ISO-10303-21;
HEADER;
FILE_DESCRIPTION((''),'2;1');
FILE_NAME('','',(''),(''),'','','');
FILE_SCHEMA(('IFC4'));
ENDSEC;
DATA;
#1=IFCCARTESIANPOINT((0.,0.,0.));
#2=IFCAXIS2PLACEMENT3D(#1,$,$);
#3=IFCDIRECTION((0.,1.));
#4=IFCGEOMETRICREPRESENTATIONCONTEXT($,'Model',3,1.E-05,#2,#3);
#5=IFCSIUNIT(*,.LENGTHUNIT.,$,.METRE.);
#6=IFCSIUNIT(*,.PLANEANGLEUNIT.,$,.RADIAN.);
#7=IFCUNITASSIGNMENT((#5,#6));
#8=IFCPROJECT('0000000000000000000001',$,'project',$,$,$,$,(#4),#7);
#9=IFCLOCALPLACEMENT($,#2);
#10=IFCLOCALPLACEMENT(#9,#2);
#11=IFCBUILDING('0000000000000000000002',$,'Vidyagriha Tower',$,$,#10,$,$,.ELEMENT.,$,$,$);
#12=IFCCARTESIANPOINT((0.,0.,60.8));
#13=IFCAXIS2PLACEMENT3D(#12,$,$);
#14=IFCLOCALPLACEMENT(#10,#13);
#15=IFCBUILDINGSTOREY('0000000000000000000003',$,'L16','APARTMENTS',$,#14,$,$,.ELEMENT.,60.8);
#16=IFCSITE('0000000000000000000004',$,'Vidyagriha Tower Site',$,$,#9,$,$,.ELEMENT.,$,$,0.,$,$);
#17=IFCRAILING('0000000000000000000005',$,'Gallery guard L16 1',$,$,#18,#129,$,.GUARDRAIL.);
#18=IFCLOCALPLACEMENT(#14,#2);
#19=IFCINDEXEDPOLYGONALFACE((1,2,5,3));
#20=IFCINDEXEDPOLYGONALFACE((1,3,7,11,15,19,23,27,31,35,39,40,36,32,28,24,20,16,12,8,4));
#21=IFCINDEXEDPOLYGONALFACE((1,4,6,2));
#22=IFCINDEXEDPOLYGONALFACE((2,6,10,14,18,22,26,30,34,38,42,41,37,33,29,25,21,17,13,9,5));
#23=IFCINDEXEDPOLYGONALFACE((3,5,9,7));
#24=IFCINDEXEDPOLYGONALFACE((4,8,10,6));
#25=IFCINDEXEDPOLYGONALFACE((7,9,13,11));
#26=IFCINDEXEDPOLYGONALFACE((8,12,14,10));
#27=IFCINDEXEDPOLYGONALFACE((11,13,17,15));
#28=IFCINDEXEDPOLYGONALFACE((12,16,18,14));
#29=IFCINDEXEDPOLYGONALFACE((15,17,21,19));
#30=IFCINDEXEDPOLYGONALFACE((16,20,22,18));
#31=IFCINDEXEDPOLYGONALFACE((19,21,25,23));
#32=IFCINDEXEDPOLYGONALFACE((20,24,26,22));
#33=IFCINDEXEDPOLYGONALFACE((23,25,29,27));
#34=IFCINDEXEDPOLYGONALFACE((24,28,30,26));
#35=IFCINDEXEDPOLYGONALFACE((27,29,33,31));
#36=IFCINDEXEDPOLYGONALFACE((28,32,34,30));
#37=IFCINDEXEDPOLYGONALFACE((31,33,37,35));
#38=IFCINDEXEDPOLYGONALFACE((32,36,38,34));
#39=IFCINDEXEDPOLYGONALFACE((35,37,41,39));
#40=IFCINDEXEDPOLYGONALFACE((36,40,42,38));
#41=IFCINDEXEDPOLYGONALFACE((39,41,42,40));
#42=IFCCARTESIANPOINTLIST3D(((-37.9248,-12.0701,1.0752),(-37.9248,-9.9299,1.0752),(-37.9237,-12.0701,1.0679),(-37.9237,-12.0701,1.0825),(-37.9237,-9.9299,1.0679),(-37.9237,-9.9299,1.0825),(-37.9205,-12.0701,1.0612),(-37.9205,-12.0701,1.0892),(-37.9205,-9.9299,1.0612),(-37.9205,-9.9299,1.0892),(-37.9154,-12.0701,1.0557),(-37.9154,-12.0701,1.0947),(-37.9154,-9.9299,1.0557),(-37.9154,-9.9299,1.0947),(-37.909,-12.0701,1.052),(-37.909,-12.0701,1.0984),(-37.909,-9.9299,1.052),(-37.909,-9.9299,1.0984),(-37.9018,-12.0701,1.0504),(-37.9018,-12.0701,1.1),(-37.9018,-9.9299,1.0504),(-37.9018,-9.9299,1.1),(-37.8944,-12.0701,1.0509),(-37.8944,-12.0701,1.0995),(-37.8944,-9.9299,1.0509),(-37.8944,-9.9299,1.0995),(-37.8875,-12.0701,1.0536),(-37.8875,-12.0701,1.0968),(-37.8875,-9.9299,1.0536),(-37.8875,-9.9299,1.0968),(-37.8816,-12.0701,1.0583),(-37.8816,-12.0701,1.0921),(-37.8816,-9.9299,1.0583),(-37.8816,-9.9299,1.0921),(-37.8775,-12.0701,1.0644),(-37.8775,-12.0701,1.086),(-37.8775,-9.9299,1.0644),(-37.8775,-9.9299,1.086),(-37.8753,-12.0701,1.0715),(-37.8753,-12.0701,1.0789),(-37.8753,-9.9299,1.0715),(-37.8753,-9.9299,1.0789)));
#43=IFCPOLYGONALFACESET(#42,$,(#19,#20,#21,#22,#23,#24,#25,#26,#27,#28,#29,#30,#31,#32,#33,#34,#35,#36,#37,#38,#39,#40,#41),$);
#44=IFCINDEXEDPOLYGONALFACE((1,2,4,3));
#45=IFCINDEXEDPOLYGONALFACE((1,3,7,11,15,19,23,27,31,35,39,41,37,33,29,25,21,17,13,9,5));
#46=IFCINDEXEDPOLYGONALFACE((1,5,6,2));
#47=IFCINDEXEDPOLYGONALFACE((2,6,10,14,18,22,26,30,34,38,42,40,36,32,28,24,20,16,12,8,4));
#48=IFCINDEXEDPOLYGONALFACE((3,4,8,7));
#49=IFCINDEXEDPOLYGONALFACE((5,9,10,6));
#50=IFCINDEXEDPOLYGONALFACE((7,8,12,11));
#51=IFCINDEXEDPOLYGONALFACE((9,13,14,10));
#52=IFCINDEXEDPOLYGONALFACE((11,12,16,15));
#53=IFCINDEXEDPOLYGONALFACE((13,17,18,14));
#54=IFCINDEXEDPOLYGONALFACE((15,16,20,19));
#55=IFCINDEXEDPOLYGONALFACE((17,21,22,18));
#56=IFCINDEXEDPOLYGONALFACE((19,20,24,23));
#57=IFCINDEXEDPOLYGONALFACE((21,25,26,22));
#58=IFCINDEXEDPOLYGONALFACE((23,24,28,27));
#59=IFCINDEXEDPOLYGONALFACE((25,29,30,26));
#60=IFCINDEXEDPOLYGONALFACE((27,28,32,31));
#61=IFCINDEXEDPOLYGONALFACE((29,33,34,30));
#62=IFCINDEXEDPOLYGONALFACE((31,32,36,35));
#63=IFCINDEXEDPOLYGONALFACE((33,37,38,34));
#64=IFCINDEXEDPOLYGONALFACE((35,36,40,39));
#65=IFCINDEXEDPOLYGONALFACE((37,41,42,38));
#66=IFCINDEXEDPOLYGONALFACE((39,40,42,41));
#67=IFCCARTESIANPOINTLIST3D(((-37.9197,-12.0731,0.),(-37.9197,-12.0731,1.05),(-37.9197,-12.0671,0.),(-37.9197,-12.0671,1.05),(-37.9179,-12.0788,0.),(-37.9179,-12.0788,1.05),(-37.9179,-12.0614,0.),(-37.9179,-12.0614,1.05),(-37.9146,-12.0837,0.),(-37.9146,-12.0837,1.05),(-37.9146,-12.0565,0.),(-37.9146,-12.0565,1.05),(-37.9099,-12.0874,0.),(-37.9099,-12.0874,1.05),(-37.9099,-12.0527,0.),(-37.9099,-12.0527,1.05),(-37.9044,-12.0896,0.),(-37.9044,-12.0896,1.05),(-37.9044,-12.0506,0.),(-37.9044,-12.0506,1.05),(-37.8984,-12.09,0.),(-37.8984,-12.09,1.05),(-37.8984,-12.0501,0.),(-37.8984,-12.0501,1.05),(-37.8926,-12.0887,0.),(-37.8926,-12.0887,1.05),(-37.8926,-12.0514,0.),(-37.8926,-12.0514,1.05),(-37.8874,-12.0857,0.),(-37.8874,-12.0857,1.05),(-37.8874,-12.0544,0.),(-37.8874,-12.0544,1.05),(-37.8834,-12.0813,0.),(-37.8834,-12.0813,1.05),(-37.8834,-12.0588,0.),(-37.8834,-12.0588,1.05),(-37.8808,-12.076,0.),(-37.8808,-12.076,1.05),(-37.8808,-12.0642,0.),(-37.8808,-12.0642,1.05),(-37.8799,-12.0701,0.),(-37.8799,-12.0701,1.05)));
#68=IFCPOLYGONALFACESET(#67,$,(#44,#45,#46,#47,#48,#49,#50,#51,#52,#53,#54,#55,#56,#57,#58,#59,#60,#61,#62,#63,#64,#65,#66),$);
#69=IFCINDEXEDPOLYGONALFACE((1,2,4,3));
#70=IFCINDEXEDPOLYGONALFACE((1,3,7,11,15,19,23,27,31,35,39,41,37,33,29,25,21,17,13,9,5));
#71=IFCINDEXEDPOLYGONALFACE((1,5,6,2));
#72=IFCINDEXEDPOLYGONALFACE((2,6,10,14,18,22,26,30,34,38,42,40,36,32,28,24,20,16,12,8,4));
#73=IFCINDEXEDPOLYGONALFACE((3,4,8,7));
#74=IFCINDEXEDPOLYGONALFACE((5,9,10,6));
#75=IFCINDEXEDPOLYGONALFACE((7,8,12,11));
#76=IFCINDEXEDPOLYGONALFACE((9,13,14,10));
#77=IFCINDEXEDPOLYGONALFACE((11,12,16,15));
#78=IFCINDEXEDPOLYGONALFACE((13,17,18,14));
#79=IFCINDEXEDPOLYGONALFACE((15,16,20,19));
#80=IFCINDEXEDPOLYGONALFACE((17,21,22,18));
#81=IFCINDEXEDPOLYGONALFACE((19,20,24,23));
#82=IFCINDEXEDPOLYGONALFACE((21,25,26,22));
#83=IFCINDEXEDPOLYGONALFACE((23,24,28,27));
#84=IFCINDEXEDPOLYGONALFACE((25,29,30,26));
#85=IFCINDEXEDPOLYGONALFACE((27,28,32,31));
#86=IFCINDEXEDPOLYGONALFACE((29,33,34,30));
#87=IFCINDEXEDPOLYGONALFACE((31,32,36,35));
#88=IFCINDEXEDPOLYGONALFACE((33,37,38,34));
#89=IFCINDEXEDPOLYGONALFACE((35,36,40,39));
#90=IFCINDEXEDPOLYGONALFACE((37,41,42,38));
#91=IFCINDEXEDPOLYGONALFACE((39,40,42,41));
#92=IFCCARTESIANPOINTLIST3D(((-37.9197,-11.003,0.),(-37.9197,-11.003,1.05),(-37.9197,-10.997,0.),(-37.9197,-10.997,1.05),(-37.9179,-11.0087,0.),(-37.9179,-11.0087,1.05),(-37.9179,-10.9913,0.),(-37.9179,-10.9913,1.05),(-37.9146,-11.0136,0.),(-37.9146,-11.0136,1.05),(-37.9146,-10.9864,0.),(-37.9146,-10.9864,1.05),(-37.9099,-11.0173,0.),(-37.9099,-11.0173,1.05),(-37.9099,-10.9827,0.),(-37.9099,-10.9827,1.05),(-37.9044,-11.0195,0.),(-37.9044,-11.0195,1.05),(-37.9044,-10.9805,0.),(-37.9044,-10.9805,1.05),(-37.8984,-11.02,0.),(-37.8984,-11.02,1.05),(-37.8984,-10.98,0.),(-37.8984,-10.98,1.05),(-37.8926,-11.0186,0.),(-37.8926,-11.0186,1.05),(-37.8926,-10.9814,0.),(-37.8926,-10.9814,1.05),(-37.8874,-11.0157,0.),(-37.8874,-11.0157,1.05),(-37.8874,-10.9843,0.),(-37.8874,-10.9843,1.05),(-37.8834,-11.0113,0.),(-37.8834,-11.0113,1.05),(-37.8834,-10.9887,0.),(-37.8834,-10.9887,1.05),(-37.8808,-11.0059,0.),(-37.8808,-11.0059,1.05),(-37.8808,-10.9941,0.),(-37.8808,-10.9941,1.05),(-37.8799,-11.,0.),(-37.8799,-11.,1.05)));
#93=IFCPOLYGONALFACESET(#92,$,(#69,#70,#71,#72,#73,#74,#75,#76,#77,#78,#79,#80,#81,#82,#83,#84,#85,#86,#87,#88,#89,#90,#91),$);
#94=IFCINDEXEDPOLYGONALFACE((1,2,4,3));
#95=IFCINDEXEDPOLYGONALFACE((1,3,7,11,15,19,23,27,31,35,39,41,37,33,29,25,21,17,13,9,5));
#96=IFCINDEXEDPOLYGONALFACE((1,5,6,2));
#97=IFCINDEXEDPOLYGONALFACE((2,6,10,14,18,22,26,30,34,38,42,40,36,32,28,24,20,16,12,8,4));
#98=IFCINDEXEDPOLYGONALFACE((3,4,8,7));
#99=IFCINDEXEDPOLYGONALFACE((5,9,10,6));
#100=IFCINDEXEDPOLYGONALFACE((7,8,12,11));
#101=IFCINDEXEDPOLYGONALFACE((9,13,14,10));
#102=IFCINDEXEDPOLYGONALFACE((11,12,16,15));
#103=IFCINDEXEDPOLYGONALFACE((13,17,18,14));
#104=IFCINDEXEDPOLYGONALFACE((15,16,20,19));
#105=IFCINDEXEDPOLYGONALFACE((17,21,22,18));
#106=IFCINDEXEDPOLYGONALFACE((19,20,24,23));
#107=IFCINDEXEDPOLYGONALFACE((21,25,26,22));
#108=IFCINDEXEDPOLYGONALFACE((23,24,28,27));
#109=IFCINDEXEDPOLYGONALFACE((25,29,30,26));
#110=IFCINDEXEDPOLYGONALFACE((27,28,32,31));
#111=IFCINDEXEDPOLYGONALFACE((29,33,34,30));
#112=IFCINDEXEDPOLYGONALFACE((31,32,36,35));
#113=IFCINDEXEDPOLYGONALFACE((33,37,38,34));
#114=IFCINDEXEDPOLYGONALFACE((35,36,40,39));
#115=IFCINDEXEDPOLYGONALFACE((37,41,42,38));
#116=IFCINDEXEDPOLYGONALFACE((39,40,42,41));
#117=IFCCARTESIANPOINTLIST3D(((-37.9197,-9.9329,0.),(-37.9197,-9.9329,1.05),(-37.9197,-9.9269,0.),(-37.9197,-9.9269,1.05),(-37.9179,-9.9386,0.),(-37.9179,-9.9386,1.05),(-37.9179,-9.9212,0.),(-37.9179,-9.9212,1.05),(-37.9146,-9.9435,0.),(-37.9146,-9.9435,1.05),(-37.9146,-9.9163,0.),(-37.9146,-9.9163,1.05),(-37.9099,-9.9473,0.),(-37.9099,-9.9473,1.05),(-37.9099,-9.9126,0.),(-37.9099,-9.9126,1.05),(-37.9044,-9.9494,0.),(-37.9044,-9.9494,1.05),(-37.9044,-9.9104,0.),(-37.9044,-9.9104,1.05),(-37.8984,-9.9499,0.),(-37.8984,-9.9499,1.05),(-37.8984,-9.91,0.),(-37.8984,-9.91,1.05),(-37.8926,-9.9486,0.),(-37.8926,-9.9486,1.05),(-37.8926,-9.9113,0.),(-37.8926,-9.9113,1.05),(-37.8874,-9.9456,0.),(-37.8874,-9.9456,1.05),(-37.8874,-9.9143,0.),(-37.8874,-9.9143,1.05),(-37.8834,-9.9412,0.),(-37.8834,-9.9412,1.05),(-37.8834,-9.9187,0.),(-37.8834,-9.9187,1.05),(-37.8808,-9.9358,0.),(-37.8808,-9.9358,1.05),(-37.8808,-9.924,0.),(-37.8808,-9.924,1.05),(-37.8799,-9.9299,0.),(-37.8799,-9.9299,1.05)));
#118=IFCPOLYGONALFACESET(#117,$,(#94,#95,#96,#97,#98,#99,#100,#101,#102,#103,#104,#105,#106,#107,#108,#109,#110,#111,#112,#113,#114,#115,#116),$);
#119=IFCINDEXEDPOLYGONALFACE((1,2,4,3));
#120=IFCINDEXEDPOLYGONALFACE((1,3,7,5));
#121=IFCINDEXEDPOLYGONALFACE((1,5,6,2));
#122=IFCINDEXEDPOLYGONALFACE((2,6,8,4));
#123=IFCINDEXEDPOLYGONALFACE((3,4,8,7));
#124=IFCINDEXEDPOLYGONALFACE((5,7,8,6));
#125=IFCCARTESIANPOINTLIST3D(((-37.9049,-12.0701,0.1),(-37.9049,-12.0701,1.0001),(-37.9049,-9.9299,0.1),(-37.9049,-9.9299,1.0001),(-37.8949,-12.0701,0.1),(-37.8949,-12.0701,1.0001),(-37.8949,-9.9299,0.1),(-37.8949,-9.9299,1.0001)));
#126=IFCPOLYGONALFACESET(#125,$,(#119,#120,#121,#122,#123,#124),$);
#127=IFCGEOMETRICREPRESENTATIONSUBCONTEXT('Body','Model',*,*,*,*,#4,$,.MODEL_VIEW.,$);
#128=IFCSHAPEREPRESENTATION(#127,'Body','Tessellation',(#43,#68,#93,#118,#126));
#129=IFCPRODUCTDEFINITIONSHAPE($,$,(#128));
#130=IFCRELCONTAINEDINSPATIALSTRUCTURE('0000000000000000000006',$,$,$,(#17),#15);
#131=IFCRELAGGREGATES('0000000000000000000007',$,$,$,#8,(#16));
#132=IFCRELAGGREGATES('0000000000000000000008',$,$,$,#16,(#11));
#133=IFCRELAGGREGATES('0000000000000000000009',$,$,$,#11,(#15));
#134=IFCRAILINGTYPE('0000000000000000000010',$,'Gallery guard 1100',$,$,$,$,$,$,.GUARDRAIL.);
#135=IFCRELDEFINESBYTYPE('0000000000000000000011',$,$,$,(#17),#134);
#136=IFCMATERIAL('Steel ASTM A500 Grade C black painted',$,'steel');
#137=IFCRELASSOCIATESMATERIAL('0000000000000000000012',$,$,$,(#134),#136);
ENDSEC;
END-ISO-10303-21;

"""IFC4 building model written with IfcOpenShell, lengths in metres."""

from ifc_helpers import new_model, si_unit, direction, frame, origin, origin_2d, place, context, subcontext, project, spatial, rectangle, circle, extrude, material, type_object, element, save


model = new_model("IFC4")

# Units and contexts
model_context = context("Model", 3, precision=1e-05, world=origin(), true_north=direction((0.0, 1.0)))
body_context = subcontext(model_context, "Body", "Model", "MODEL_VIEW")
ifc_project = project(units=[si_unit("LENGTHUNIT", "METRE"), si_unit("PLANEANGLEUNIT", "RADIAN")], contexts=[model_context])

# Site, building, storey
site_placement = place(None, origin())
site = spatial("IfcSite", under=ifc_project, at=site_placement, Name="Vidyagriha Tower Site", CompositionType="ELEMENT", RefElevation=0.0)
building_placement = place(site_placement, origin())
building = spatial("IfcBuilding", under=site, at=building_placement, Name="Vidyagriha Tower", CompositionType="ELEMENT")
storey_placement = place(building_placement, frame((0.0, 0.0, 60.8)))
storey = spatial("IfcBuildingStorey", under=building, at=storey_placement, Name="L16", Description="APARTMENTS", CompositionType="ELEMENT", Elevation=60.8)

# Railing
ifc_material_1 = material(Name="Steel ASTM A500 Grade C black painted", Category="steel")
railing_type_1 = type_object("IfcRailingType", Name="Gallery guard 1100", PredefinedType="GUARDRAIL", material=ifc_material_1)
railing_1_placement = place(storey_placement, frame((-37.8999, -12.0701, 0.0)))
element("IfcRailing", 1, at=railing_1_placement, inside=storey, type_object=railing_type_1, Name="Gallery guard L16 1", PredefinedType="GUARDRAIL", context=body_context, shape_type="SweptSolid", body=[
    extrude(circle(Radius=0.0249, at=origin_2d()), frame((0.0, 0.0, 1.0752), z_axis=(0.0, 1.0, 0.0), x_axis=(-1.0, 0.0, 0.0)), (0.0, 0.0, 1.0), 2.1401),
    extrude(circle(Radius=0.02, at=origin_2d()), origin(), (0.0, 0.0, 1.0), 1.05),
    extrude(circle(Radius=0.02, at=origin_2d()), frame((0.0, 1.0701, 0.0)), (0.0, 0.0, 1.0), 1.05),
    extrude(circle(Radius=0.02, at=origin_2d()), frame((0.0, 2.1401, 0.0)), (0.0, 0.0, 1.0), 1.05),
    extrude(rectangle(XDim=0.01, YDim=0.9001, at=origin_2d()), frame((0.0, 0.0, 0.55), z_axis=(0.0, 1.0, 0.0), x_axis=(-1.0, 0.0, 0.0)), (0.0, 0.0, 1.0), 2.1401),
])

save(model, "model.ifc")
